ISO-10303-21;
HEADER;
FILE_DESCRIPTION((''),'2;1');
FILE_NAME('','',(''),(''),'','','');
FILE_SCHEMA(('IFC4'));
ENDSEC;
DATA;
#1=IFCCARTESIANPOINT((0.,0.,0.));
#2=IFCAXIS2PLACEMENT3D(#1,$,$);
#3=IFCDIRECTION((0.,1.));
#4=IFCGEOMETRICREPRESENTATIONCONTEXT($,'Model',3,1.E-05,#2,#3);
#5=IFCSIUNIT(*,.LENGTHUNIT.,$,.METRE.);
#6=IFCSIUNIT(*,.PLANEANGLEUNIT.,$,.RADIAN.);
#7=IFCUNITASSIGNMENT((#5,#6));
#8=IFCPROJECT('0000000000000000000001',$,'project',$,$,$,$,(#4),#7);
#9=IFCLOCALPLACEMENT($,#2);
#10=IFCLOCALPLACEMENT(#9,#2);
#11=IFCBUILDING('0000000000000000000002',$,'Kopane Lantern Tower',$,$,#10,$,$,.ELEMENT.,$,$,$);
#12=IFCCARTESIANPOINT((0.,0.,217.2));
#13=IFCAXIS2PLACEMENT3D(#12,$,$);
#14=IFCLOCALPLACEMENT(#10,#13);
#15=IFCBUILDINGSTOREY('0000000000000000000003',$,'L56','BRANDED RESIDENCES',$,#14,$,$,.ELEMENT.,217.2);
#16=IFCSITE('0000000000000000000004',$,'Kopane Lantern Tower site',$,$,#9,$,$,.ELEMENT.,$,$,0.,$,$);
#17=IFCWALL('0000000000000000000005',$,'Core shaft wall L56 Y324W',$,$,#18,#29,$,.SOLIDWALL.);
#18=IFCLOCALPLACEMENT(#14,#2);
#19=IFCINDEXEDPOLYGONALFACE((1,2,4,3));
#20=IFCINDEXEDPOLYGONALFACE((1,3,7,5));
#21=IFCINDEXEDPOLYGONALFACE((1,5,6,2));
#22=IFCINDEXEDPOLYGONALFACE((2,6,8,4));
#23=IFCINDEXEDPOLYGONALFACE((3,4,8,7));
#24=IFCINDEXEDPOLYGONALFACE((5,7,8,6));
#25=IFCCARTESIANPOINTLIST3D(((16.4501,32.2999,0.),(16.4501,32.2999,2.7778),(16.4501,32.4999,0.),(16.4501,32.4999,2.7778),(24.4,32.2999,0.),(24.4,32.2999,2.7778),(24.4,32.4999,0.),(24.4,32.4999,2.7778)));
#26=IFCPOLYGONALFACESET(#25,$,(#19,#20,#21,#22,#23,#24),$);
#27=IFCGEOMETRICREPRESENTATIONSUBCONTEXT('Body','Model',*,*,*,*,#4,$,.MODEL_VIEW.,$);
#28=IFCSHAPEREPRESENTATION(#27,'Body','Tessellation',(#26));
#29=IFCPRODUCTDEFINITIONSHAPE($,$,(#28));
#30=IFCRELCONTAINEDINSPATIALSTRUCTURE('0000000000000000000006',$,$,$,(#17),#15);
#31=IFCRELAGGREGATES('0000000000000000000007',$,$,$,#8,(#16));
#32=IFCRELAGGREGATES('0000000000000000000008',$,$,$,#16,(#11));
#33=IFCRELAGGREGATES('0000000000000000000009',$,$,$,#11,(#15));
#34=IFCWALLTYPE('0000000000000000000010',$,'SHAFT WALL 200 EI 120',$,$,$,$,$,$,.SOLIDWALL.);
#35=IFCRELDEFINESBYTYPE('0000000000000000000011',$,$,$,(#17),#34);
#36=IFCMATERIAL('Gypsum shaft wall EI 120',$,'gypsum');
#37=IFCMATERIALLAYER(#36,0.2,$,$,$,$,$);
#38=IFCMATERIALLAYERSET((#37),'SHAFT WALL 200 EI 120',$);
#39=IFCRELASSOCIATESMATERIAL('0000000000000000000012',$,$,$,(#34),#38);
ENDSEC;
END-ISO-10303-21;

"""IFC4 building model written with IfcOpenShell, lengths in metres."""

from ifc_helpers import new_model, si_unit, direction, frame, frame_2d, origin, place, context, subcontext, project, spatial, rectangle, extrude, material, layer, layer_set, type_object, element, save


model = new_model("IFC4")

# Units and contexts
model_context = context("Model", 3, precision=1e-05, world=origin(), true_north=direction((0.0, 1.0)))
body_context = subcontext(model_context, "Body", "Model", "MODEL_VIEW")
ifc_project = project(units=[si_unit("LENGTHUNIT", "METRE"), si_unit("PLANEANGLEUNIT", "RADIAN")], contexts=[model_context])

# Site, building, storey
site_placement = place(None, origin())
site = spatial("IfcSite", under=ifc_project, at=site_placement, Name="Kopane Lantern Tower site", CompositionType="ELEMENT", RefElevation=0.0)
building_placement = place(site_placement, origin())
building = spatial("IfcBuilding", under=site, at=building_placement, Name="Kopane Lantern Tower", CompositionType="ELEMENT")
storey_placement = place(building_placement, frame((0.0, 0.0, 217.2)))
storey = spatial("IfcBuildingStorey", under=building, at=storey_placement, Name="L56", Description="BRANDED RESIDENCES", CompositionType="ELEMENT", Elevation=217.2)

# Wall
ifc_material_1 = material(Name="Gypsum shaft wall EI 120", Category="gypsum")
ifc_layer_1 = layer(ifc_material_1, 0.2)
ifc_layer_set_1 = layer_set([ifc_layer_1], Name="SHAFT WALL 200 EI 120")
wall_type_1 = type_object("IfcWallType", Name="SHAFT WALL 200 EI 120", PredefinedType="SOLIDWALL", material=ifc_layer_set_1)
wall_1_placement = place(storey_placement, frame((16.45, 32.3999, 0.0), z_axis=(0.0, 0.0, 1.0), x_axis=(1.0, 0.0, 0.0)))
element("IfcWall", 1, at=wall_1_placement, inside=storey, type_object=wall_type_1, Name="Core shaft wall L56 Y324W", PredefinedType="SOLIDWALL", context=body_context, shape_type="SweptSolid", body=[
    extrude(rectangle(XDim=7.95, YDim=0.2, at=frame_2d((3.9751, 0.0))), origin(), (0.0, 0.0, 1.0), 2.7778),
])

save(model, "model.ifc")
